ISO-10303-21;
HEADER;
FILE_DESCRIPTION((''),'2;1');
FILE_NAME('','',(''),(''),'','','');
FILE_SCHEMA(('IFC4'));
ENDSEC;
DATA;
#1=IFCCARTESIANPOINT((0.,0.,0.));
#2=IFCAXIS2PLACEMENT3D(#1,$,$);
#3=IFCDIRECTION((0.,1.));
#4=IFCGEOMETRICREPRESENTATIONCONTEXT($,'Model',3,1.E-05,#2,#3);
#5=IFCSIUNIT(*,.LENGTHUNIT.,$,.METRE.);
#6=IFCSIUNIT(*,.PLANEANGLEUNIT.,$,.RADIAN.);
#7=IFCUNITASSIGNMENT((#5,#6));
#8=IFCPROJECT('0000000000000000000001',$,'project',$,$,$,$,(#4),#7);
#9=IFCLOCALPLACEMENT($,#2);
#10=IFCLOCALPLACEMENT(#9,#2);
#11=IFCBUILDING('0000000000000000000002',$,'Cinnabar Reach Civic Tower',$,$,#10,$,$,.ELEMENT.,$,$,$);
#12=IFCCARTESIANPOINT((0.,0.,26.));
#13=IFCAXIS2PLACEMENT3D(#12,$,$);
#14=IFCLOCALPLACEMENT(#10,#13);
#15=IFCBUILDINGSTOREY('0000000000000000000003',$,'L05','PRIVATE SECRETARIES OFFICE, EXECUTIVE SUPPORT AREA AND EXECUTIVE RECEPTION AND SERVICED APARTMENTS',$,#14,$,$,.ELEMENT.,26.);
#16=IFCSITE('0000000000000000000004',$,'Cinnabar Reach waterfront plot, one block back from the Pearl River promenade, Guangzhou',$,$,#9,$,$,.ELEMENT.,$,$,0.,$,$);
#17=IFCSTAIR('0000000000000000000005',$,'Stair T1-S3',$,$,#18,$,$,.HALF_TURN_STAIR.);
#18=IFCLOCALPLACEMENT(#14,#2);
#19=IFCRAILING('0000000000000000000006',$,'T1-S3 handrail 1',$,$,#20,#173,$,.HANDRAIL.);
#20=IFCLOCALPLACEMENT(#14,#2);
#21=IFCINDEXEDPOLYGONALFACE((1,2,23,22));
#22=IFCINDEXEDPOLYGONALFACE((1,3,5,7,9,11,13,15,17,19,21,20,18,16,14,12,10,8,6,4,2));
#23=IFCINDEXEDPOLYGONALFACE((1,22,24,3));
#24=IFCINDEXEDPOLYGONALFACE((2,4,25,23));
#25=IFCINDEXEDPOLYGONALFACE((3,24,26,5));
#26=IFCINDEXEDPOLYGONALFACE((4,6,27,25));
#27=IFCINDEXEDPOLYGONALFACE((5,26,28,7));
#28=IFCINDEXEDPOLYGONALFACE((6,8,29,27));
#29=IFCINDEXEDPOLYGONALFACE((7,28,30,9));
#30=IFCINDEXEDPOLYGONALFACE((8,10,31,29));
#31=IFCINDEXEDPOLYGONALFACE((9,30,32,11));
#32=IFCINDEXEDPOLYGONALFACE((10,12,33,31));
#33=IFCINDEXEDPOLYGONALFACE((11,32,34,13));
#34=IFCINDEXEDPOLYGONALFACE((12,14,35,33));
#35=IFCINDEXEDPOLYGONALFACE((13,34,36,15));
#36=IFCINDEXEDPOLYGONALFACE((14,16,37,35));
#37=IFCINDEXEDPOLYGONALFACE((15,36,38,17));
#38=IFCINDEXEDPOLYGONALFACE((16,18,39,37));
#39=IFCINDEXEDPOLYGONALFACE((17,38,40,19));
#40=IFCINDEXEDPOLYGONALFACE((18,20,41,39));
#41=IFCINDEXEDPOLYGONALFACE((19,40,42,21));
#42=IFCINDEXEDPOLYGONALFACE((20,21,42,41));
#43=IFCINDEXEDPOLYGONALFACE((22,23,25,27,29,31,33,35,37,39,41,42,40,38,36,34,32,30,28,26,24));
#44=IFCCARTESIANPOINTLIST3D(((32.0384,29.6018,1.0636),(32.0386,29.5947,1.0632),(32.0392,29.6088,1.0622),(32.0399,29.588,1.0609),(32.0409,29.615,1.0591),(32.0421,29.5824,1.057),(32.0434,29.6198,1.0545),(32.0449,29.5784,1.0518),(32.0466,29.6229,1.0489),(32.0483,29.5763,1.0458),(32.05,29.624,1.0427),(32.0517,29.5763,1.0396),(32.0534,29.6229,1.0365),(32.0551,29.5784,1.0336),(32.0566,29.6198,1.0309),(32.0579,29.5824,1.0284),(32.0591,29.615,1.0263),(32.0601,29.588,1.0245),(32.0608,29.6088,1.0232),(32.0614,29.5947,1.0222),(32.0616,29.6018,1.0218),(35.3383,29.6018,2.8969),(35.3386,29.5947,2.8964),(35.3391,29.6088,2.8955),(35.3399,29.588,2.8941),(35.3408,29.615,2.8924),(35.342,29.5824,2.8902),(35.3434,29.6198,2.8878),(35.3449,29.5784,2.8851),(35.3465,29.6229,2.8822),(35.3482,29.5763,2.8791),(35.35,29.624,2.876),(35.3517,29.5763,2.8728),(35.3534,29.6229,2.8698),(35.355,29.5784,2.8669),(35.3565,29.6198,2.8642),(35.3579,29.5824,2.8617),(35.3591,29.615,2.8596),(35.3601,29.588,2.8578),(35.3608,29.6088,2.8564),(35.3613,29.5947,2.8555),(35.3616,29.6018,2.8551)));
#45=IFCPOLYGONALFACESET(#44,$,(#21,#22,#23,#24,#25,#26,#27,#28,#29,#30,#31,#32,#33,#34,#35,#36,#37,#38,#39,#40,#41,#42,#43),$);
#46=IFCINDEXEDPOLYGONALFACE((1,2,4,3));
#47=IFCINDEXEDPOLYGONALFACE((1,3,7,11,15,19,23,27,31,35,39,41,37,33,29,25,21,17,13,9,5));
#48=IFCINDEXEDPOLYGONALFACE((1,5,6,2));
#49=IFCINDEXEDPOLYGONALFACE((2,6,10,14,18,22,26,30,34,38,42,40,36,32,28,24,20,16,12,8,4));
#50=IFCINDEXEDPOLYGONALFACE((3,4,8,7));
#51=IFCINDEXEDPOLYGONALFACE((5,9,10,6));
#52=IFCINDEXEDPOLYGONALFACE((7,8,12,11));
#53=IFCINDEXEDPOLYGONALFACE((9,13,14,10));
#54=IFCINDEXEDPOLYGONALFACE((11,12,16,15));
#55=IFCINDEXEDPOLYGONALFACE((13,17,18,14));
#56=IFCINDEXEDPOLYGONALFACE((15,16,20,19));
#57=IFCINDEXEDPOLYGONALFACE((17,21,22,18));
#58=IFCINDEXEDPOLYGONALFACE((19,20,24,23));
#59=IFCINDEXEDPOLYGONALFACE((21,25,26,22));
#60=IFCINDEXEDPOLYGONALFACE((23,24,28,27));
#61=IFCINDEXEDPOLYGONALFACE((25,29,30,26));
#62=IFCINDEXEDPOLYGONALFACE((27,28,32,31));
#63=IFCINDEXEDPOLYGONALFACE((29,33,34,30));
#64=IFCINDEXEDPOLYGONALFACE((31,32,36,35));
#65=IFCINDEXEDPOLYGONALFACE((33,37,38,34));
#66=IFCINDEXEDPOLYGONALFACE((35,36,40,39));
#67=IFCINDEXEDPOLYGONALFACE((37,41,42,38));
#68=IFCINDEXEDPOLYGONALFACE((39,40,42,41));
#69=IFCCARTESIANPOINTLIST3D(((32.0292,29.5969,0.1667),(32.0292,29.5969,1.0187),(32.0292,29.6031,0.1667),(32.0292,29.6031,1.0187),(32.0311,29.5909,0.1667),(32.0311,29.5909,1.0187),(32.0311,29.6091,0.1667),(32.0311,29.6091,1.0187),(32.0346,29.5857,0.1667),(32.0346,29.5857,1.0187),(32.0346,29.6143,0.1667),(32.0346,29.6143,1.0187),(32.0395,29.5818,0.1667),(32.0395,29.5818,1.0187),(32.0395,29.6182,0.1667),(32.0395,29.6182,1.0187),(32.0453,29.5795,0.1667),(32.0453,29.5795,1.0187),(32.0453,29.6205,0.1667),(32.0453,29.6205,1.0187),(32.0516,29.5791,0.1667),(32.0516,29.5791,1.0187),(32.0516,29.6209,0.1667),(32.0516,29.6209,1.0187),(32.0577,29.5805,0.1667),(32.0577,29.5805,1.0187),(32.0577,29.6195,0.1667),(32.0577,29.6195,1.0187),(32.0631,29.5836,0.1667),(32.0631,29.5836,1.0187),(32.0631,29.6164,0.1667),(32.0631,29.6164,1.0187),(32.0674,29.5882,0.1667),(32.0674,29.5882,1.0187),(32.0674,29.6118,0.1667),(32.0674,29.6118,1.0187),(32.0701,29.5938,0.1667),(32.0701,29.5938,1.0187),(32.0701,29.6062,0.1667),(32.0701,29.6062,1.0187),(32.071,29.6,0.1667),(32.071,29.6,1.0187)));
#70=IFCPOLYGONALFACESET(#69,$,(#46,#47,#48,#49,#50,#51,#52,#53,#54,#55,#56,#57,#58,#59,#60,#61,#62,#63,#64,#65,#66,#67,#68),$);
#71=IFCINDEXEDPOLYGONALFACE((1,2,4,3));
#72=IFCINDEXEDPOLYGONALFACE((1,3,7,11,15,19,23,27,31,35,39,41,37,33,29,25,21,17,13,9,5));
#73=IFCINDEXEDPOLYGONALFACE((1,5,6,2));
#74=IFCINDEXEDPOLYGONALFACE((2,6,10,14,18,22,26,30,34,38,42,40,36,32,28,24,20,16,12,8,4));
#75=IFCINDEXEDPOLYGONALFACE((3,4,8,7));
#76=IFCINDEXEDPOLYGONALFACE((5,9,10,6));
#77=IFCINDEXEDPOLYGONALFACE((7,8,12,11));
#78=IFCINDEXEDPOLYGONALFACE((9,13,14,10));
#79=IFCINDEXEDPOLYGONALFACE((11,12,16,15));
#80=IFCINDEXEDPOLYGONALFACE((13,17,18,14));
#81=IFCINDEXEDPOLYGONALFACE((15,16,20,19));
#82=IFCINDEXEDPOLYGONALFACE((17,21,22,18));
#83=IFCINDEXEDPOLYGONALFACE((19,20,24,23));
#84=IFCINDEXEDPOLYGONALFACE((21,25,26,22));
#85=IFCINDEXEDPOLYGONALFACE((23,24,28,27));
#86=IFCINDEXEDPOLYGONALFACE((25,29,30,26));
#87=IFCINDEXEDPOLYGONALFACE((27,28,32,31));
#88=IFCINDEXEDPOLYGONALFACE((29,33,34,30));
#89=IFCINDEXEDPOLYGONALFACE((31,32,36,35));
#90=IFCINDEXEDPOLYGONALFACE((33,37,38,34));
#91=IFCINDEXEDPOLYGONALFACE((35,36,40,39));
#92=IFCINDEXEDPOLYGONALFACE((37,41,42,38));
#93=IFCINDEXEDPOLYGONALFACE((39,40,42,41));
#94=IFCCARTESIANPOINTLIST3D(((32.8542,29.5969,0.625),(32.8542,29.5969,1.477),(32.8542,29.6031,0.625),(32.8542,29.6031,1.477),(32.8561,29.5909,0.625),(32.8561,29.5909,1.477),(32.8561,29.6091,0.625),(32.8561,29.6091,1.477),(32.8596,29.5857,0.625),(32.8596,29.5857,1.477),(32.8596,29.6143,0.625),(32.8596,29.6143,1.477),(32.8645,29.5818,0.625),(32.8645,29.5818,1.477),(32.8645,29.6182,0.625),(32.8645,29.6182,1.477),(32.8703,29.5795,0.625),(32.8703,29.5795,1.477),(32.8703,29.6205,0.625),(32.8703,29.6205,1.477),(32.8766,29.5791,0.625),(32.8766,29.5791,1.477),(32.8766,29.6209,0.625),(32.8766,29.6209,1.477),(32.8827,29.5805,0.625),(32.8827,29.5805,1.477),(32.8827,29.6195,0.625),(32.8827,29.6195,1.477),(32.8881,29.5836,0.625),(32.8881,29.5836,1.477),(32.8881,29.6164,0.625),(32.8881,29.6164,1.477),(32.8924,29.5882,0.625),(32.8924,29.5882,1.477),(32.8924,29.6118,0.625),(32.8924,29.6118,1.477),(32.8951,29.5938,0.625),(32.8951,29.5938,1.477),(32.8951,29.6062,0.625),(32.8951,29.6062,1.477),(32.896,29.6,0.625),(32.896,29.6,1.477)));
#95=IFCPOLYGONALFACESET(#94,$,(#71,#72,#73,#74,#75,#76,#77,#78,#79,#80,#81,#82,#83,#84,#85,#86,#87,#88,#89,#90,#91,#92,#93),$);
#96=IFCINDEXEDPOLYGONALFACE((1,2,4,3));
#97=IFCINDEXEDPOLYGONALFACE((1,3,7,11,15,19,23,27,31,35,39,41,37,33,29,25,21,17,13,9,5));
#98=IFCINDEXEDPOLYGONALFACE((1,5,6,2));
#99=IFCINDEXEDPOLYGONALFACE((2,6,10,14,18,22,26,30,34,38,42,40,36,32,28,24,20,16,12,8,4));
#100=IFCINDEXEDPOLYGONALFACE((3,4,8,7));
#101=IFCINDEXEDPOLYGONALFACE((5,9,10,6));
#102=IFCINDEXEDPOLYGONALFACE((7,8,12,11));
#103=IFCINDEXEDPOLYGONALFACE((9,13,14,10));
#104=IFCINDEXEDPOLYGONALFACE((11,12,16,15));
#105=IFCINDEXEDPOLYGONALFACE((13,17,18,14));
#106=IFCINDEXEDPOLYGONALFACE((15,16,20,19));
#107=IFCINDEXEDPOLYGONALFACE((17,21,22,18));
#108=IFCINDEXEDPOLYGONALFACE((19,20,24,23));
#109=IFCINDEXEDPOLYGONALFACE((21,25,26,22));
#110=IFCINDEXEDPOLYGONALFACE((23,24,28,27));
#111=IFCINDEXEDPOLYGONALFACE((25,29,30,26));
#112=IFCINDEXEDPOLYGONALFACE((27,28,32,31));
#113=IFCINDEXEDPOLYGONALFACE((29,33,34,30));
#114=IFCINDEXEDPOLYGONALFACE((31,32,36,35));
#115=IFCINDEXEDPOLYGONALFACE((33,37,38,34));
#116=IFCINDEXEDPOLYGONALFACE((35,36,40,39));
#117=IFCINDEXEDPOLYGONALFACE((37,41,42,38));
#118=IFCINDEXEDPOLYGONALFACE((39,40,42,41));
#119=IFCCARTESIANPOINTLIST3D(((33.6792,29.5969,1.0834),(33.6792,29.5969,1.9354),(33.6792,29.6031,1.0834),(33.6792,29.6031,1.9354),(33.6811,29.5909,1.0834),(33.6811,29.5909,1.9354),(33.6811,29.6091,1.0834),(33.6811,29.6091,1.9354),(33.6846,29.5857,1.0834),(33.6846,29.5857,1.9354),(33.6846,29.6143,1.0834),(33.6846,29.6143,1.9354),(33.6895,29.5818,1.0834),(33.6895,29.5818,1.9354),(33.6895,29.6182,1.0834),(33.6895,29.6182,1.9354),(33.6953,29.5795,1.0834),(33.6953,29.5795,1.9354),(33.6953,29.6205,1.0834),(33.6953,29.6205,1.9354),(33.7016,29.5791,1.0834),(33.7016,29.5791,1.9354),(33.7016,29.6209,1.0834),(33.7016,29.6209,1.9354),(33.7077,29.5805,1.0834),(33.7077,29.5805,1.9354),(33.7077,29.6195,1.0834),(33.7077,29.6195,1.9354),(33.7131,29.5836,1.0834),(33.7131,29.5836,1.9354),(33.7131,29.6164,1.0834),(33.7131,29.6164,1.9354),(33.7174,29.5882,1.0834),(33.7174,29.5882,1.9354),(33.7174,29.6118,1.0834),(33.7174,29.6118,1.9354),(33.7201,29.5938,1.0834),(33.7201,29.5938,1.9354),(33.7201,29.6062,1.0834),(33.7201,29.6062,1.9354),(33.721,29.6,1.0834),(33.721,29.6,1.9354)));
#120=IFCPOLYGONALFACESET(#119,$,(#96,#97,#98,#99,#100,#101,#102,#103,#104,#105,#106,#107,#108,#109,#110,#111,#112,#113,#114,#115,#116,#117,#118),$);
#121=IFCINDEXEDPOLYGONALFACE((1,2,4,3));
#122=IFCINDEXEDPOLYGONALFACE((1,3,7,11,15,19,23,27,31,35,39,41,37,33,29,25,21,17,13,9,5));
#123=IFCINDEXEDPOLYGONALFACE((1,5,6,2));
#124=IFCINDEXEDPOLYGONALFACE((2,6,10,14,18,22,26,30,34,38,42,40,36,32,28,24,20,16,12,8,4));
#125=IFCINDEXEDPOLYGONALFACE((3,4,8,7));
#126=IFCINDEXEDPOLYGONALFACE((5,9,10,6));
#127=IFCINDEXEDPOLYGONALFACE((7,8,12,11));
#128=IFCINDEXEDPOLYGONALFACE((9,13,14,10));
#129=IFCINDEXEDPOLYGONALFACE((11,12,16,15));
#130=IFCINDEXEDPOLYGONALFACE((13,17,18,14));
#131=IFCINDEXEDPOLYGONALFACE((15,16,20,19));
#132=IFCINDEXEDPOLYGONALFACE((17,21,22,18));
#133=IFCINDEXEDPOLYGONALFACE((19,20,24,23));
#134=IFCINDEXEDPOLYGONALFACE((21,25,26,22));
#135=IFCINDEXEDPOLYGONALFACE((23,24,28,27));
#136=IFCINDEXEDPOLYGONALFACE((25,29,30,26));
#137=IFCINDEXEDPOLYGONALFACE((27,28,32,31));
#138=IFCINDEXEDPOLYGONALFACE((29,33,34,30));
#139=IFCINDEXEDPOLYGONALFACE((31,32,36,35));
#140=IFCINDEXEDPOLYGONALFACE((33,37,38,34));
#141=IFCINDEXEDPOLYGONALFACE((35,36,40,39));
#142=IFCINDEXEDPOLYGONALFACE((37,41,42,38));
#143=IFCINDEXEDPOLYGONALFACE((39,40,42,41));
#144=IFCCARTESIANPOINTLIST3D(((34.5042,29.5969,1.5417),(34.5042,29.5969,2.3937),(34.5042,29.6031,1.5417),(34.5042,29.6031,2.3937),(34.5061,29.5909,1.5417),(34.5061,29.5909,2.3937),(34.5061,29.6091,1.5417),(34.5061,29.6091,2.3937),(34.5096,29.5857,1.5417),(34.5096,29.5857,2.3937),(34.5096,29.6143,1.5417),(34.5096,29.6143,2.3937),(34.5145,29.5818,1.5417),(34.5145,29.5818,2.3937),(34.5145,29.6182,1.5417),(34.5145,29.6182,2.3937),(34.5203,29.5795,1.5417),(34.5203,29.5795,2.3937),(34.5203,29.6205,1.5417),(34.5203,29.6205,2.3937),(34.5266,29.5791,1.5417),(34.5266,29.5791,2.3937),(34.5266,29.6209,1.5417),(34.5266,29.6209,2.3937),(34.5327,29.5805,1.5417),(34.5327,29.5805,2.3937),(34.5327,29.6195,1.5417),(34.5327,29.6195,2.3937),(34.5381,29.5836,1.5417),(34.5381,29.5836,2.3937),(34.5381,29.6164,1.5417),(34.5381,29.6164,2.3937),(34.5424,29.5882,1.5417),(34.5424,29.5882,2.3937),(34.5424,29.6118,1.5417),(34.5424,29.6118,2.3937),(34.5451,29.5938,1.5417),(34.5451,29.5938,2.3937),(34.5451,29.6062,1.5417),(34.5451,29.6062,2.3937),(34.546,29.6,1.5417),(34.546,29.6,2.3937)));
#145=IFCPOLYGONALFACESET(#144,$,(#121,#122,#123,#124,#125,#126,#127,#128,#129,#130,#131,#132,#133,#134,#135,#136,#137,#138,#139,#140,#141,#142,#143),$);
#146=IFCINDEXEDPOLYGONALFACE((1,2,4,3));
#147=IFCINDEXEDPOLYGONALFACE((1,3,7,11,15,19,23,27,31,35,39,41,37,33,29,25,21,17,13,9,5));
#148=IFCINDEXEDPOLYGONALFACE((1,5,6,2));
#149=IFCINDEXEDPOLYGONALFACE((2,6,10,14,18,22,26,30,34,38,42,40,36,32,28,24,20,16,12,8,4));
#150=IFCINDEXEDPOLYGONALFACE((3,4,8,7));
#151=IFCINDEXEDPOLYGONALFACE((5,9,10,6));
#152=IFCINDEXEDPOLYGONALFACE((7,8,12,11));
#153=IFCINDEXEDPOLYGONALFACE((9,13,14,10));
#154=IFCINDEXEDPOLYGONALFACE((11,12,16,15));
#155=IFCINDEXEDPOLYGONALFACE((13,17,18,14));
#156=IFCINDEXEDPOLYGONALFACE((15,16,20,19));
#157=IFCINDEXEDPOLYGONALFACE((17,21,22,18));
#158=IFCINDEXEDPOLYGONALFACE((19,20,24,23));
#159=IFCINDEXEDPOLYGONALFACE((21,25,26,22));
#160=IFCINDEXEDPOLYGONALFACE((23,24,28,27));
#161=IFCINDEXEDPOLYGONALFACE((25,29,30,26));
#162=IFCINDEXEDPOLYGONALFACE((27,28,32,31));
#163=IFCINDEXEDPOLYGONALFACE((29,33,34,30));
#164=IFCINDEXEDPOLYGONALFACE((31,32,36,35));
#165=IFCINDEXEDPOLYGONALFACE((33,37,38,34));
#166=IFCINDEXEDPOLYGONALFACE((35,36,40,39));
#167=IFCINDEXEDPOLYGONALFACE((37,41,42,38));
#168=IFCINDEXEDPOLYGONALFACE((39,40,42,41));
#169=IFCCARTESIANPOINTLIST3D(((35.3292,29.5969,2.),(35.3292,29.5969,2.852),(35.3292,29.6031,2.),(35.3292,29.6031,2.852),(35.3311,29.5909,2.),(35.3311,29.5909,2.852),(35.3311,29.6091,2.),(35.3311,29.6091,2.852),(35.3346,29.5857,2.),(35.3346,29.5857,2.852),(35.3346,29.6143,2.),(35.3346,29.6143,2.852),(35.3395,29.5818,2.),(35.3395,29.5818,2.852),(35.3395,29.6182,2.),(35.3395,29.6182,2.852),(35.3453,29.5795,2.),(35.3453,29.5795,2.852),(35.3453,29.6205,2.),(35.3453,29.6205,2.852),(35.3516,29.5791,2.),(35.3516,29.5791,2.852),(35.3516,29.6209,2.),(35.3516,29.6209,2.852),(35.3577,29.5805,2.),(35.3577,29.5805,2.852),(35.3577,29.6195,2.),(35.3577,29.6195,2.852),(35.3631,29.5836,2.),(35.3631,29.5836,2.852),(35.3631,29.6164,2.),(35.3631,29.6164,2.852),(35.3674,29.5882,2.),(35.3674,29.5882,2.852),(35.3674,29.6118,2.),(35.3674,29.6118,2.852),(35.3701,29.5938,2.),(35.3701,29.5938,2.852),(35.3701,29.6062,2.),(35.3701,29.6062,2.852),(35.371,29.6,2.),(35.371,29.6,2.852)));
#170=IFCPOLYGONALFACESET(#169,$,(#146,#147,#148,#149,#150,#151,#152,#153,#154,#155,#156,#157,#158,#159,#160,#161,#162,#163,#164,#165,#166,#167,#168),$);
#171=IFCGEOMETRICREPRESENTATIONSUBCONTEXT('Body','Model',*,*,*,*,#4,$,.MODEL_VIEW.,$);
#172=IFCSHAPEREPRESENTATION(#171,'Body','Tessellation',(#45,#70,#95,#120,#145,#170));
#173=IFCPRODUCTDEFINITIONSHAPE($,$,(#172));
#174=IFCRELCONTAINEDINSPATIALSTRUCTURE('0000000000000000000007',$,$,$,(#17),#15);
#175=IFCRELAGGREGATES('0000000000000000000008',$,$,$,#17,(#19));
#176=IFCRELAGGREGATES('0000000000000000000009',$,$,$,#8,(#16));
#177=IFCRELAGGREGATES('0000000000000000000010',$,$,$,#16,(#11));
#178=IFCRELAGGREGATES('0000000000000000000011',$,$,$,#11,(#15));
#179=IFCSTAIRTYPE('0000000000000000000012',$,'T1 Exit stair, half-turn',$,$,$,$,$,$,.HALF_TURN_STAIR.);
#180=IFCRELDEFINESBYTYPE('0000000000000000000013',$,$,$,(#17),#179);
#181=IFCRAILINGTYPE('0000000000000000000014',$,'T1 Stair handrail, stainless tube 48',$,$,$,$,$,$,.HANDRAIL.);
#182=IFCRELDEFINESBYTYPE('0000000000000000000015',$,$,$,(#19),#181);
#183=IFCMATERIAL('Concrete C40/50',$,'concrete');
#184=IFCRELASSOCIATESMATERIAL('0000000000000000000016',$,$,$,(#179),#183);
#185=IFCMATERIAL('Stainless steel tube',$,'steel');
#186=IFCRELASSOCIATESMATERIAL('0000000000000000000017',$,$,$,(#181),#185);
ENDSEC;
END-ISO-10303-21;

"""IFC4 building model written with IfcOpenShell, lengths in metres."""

from ifc_helpers import new_model, si_unit, direction, frame, origin, origin_2d, place, context, subcontext, project, spatial, circle, extrude, material, type_object, element, aggregate, save


model = new_model("IFC4")

# Units and contexts
model_context = context("Model", 3, precision=1e-05, world=origin(), true_north=direction((0.0, 1.0)))
body_context = subcontext(model_context, "Body", "Model", "MODEL_VIEW")
ifc_project = project(units=[si_unit("LENGTHUNIT", "METRE"), si_unit("PLANEANGLEUNIT", "RADIAN")], contexts=[model_context])

# Site, building, storey
site_placement = place(None, origin())
site = spatial("IfcSite", under=ifc_project, at=site_placement, Name="Cinnabar Reach waterfront plot, one block back from the Pearl River promenade, Guangzhou", CompositionType="ELEMENT", RefElevation=0.0)
building_placement = place(site_placement, origin())
building = spatial("IfcBuilding", under=site, at=building_placement, Name="Cinnabar Reach Civic Tower", CompositionType="ELEMENT")
storey_placement = place(building_placement, frame((0.0, 0.0, 26.0)))
storey = spatial("IfcBuildingStorey", under=building, at=storey_placement, Name="L05", Description="PRIVATE SECRETARIES OFFICE, EXECUTIVE SUPPORT AREA AND EXECUTIVE RECEPTION AND SERVICED APARTMENTS", CompositionType="ELEMENT", Elevation=26.0)

# Stair, railing
ifc_material_1 = material(Name="Concrete C40/50", Category="concrete")
stair_type = type_object("IfcStairType", Name="T1 Exit stair, half-turn", PredefinedType="HALF_TURN_STAIR", material=ifc_material_1)
stair_placement = place(storey_placement, origin())
stair = element("IfcStair", 1, at=stair_placement, inside=storey, type_object=stair_type, Name="Stair T1-S3", PredefinedType="HALF_TURN_STAIR")
ifc_material_2 = material(Name="Stainless steel tube", Category="steel")
railing_type = type_object("IfcRailingType", Name="T1 Stair handrail, stainless tube 48", PredefinedType="HANDRAIL", material=ifc_material_2)
railing_1_placement = place(storey_placement, frame((32.05, 29.6, 0.1667)))
railing_1 = element("IfcRailing", 2, at=railing_1_placement, type_object=railing_type, Name="T1-S3 handrail 1", PredefinedType="HANDRAIL", context=body_context, shape_type="SweptSolid", body=[
    extrude(circle(Radius=0.024, at=origin_2d()), frame((0.0, 0.0, 0.876), z_axis=(0.874161, 0.0, 0.485636), x_axis=(0.0, 1.0, 0.0)), (0.0, 0.0, 1.0), 3.775),
    extrude(circle(Radius=0.021, at=origin_2d()), origin(), (0.0, 0.0, 1.0), 0.852),
    extrude(circle(Radius=0.021, at=origin_2d()), frame((0.825, 0.0, 0.4583)), (0.0, 0.0, 1.0), 0.852),
    extrude(circle(Radius=0.021, at=origin_2d()), frame((1.65, 0.0, 0.9167)), (0.0, 0.0, 1.0), 0.852),
    extrude(circle(Radius=0.021, at=origin_2d()), frame((2.475, 0.0, 1.375)), (0.0, 0.0, 1.0), 0.852),
    extrude(circle(Radius=0.021, at=origin_2d()), frame((3.3, 0.0, 1.8333)), (0.0, 0.0, 1.0), 0.852),
])
aggregate(stair, [railing_1])

save(model, "model.ifc")
